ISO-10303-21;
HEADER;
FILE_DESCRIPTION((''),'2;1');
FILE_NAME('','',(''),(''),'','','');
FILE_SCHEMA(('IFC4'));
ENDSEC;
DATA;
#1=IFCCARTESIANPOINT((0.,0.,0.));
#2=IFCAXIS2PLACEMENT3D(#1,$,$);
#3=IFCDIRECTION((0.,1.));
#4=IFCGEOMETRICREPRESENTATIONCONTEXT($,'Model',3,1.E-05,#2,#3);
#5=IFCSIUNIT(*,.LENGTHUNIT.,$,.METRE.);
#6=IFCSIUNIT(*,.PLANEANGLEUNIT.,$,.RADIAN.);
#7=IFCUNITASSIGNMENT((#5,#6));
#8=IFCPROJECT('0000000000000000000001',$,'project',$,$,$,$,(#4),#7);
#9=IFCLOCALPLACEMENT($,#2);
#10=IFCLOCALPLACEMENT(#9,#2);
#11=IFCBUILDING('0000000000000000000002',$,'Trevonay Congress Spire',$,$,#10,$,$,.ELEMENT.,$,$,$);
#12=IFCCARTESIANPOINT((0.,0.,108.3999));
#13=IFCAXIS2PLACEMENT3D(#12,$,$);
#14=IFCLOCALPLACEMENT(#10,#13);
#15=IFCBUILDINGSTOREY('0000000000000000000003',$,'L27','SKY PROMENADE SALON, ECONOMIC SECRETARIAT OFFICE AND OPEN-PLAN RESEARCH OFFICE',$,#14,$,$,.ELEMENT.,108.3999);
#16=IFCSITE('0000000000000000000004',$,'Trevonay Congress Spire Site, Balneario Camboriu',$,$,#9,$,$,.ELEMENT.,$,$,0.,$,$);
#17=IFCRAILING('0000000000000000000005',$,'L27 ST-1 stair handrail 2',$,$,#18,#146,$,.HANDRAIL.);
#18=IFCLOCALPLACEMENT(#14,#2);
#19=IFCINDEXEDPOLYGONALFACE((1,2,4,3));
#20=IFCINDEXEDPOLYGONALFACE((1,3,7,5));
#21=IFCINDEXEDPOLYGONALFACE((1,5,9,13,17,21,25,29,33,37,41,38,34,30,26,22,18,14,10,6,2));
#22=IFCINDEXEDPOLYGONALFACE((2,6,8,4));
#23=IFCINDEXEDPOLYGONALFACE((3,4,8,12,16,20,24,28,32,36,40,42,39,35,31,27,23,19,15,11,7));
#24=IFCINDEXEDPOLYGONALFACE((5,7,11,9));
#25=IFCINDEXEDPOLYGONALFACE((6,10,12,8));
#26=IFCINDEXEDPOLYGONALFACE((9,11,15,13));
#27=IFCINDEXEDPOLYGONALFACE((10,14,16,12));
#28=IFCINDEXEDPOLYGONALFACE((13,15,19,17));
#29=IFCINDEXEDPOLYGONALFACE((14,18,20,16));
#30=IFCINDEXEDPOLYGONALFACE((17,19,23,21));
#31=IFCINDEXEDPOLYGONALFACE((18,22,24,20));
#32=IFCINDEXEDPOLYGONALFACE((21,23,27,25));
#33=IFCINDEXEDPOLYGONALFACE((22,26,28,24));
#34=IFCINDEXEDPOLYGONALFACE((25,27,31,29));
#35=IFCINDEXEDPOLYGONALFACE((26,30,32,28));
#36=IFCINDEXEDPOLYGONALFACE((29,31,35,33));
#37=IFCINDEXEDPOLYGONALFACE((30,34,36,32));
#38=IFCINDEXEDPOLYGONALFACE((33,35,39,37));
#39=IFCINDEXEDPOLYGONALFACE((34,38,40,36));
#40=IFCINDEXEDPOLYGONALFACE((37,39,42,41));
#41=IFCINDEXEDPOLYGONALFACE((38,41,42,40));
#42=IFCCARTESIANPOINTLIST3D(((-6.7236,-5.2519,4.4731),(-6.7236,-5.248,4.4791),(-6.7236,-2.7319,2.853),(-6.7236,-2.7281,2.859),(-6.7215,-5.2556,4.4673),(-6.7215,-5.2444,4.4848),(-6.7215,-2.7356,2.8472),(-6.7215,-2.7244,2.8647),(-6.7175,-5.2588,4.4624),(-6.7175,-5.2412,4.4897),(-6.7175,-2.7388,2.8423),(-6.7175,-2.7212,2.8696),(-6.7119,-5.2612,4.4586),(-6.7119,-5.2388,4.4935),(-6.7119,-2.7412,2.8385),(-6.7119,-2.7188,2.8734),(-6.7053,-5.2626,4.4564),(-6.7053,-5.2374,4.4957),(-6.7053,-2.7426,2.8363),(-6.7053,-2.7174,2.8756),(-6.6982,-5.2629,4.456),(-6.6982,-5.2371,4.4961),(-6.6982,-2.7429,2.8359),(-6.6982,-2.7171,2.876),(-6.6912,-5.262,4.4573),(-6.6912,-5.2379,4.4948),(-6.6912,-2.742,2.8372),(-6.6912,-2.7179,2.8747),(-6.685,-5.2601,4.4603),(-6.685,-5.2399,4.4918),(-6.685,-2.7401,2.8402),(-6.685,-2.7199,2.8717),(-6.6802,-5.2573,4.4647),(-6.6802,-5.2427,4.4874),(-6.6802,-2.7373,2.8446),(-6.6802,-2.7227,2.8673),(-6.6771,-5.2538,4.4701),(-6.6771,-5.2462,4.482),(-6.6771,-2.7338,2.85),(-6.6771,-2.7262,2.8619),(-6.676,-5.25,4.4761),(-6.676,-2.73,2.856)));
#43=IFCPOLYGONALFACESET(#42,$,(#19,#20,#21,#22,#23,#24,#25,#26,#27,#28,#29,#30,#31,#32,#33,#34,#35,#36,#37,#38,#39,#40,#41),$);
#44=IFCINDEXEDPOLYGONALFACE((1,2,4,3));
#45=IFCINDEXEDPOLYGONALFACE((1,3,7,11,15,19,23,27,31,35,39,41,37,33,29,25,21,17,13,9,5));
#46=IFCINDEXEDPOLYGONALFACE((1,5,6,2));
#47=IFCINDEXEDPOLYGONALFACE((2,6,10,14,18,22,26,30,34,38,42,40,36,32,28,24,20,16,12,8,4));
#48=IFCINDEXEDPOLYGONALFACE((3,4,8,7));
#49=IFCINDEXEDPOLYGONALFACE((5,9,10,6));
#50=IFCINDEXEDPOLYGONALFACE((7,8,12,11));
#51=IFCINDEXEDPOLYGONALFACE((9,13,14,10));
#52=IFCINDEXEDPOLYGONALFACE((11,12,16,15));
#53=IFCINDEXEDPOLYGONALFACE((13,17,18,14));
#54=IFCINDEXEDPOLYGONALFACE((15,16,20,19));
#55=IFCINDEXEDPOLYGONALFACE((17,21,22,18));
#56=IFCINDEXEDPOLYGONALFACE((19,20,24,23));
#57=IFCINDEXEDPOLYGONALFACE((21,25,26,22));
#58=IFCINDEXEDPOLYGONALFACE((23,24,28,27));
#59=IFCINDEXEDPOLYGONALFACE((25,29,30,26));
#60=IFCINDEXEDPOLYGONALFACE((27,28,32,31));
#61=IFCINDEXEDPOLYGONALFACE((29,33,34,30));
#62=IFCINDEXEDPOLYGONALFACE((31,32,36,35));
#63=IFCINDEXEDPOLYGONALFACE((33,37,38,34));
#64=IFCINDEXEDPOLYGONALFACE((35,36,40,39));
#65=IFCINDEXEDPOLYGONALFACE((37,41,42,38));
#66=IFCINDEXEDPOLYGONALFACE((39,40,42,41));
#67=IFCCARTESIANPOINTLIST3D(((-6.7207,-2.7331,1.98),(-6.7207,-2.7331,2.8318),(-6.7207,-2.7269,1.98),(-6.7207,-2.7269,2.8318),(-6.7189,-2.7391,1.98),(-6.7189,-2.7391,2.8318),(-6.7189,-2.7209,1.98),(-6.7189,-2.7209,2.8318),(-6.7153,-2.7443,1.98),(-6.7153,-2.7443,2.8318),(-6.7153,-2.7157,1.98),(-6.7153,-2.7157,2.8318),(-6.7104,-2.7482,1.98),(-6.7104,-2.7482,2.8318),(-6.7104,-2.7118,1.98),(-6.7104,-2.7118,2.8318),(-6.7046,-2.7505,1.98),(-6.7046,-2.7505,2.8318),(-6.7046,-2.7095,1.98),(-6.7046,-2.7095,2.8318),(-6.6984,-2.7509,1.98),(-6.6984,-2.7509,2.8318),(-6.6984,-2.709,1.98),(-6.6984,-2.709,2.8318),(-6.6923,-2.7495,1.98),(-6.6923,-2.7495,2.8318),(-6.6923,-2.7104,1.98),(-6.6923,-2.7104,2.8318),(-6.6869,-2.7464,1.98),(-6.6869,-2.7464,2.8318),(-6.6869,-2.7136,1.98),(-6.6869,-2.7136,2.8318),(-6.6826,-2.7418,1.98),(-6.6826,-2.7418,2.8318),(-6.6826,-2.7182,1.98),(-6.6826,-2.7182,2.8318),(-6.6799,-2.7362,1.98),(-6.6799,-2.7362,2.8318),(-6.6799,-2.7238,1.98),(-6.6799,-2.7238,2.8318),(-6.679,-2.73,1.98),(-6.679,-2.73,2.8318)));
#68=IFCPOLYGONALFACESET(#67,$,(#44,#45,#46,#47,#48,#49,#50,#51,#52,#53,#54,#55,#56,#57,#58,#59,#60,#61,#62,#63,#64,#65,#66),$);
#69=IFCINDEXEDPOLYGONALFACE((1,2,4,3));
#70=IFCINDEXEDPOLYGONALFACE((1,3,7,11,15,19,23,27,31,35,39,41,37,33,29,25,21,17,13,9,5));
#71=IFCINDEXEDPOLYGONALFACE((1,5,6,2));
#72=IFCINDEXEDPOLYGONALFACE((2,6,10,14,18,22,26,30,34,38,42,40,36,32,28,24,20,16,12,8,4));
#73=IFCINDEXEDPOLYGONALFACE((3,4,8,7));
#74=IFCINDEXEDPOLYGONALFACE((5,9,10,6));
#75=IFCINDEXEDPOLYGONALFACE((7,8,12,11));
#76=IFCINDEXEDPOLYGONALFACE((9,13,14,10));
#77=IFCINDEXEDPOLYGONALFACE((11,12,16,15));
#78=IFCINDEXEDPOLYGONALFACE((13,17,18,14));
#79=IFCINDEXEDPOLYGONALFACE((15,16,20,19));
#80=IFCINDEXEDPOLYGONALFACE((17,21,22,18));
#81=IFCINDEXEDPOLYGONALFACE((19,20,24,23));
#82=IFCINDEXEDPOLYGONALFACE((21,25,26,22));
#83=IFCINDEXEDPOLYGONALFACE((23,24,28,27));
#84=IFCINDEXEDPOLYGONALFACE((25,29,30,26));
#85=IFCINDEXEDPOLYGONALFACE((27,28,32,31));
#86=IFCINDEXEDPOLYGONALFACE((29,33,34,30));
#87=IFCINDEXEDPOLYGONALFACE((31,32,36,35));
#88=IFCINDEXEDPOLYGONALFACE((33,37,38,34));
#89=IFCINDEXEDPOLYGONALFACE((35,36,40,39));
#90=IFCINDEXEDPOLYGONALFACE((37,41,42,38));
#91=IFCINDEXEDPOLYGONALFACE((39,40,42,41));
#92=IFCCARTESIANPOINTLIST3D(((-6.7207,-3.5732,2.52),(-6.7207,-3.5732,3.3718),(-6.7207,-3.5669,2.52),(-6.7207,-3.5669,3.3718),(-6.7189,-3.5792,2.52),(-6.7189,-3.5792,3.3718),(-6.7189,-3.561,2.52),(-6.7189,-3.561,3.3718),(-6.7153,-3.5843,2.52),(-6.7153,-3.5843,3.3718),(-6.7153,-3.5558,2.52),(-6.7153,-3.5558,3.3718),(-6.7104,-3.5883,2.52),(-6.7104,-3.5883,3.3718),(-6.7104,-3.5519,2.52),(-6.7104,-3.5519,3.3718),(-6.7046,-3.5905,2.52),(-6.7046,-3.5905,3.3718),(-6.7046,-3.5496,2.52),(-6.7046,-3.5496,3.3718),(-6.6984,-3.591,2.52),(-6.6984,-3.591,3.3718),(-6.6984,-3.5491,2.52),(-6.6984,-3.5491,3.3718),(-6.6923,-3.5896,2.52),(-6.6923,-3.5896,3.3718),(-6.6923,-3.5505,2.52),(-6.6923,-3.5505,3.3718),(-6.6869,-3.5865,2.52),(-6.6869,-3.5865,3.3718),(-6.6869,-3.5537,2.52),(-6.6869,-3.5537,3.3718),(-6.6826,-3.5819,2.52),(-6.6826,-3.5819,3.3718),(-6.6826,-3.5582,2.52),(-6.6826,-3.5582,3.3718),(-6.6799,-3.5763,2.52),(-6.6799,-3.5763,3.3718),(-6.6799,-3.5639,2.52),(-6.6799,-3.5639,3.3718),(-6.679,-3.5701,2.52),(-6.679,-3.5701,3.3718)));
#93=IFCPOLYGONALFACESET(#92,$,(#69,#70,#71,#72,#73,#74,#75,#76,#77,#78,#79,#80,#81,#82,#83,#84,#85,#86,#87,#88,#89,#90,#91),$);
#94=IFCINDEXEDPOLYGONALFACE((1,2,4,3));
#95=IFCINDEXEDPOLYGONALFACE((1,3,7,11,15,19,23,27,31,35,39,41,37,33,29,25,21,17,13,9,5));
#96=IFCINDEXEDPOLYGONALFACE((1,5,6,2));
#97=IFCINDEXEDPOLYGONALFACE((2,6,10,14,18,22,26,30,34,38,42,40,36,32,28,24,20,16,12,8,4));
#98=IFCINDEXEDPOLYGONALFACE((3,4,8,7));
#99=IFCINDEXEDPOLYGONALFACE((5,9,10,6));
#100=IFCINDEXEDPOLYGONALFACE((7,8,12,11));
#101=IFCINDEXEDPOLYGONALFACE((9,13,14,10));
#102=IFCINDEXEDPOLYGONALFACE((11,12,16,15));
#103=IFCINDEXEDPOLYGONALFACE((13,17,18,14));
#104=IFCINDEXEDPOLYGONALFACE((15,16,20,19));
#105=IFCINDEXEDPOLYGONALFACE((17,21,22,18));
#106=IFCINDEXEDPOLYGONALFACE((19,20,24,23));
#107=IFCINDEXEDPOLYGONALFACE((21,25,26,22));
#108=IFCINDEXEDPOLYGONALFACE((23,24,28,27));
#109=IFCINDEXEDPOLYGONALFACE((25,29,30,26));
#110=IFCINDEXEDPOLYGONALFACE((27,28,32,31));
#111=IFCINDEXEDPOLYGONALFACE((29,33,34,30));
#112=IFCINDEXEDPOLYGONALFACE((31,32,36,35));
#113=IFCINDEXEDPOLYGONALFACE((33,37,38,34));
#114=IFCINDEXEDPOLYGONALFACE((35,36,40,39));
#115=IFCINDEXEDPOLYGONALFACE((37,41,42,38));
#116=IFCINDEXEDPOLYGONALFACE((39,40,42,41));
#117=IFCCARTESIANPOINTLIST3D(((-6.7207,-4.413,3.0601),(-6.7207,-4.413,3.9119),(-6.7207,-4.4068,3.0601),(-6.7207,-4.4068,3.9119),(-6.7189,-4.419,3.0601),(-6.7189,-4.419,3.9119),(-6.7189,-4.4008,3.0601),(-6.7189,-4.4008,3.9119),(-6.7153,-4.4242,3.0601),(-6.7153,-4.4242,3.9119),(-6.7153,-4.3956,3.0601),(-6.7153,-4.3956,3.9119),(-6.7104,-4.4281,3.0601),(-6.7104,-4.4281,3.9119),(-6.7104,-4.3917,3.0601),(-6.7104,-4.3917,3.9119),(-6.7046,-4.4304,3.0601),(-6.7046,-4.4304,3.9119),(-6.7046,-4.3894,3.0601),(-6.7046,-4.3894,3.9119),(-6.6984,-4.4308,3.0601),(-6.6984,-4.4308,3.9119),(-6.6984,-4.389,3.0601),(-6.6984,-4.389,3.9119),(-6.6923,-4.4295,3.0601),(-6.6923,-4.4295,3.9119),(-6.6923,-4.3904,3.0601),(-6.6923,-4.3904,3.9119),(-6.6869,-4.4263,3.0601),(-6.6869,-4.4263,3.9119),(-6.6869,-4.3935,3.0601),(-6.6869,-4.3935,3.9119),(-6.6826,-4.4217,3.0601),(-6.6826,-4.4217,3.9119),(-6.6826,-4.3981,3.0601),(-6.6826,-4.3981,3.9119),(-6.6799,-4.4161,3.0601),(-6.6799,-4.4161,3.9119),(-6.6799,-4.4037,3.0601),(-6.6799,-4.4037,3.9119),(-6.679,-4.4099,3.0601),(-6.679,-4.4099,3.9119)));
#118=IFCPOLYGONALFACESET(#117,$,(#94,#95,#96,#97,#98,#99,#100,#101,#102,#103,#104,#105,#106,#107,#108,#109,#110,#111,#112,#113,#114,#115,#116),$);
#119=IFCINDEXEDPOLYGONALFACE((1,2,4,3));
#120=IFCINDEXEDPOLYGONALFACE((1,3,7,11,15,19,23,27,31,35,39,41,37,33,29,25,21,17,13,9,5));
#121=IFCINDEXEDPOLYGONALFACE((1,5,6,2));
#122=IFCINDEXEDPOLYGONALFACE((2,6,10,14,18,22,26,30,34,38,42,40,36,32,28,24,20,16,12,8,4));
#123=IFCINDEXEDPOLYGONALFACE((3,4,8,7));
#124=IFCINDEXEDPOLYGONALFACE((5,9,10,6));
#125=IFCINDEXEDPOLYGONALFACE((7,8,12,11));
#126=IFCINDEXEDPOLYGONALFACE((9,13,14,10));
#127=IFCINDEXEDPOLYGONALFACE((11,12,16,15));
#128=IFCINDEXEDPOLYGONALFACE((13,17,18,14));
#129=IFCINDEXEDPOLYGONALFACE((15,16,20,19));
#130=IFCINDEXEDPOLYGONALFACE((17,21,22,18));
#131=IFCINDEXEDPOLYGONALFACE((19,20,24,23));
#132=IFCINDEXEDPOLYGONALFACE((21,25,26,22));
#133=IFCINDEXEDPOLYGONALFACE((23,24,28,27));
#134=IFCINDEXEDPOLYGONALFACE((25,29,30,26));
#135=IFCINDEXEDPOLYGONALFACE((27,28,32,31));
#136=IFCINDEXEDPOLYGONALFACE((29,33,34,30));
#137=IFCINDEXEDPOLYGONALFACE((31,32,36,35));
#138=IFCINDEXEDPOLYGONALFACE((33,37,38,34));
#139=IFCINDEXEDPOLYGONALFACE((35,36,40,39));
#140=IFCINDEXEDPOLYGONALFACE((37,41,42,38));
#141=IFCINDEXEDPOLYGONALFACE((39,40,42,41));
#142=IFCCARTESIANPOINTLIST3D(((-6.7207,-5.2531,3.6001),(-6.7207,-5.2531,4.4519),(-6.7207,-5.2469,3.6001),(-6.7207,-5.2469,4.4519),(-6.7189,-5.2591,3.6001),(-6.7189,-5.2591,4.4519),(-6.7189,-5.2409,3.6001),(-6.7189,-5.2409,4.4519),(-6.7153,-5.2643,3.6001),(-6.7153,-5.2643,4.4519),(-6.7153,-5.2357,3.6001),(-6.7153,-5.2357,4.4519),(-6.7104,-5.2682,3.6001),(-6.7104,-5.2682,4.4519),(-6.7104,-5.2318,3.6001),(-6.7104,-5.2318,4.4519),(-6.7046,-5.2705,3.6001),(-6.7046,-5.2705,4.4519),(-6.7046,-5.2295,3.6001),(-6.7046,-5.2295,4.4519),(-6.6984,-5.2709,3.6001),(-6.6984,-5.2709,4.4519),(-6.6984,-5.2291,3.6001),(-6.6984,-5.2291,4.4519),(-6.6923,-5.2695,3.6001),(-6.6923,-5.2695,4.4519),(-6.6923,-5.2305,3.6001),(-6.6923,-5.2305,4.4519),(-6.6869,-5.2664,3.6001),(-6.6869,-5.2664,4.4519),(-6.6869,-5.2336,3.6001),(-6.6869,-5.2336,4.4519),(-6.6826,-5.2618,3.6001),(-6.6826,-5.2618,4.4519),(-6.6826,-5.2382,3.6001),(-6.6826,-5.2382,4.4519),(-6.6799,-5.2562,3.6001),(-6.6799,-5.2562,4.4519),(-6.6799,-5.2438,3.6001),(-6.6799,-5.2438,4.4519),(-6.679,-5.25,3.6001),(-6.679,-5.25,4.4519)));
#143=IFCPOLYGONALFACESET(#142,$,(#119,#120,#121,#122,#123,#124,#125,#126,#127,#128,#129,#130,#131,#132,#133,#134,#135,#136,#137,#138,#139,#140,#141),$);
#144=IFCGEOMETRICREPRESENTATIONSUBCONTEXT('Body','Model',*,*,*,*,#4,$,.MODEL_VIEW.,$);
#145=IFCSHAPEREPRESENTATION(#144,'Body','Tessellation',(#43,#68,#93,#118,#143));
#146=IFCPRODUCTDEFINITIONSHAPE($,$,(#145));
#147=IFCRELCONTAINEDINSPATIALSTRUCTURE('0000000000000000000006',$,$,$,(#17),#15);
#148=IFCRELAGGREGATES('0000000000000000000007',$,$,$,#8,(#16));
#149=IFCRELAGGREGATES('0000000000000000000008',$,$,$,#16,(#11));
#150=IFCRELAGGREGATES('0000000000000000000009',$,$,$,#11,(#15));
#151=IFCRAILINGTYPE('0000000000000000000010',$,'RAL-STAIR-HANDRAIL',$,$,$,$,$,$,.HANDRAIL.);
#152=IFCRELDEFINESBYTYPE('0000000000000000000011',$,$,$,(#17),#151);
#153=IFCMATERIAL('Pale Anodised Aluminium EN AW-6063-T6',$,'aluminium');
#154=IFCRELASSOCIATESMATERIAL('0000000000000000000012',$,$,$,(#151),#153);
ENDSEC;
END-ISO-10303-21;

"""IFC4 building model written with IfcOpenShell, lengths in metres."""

from ifc_helpers import new_model, si_unit, direction, frame, origin, origin_2d, place, context, subcontext, project, spatial, circle, extrude, material, type_object, element, save


model = new_model("IFC4")

# Units and contexts
model_context = context("Model", 3, precision=1e-05, world=origin(), true_north=direction((0.0, 1.0)))
body_context = subcontext(model_context, "Body", "Model", "MODEL_VIEW")
ifc_project = project(units=[si_unit("LENGTHUNIT", "METRE"), si_unit("PLANEANGLEUNIT", "RADIAN")], contexts=[model_context])

# Site, building, storey
site_placement = place(None, origin())
site = spatial("IfcSite", under=ifc_project, at=site_placement, Name="Trevonay Congress Spire Site, Balneario Camboriu", CompositionType="ELEMENT", RefElevation=0.0)
building_placement = place(site_placement, origin())
building = spatial("IfcBuilding", under=site, at=building_placement, Name="Trevonay Congress Spire", CompositionType="ELEMENT")
storey_placement = place(building_placement, frame((0.0, 0.0, 108.3999)))
storey = spatial("IfcBuildingStorey", under=building, at=storey_placement, Name="L27", Description="SKY PROMENADE SALON, ECONOMIC SECRETARIAT OFFICE AND OPEN-PLAN RESEARCH OFFICE", CompositionType="ELEMENT", Elevation=108.3999)

# Shared definitions
ifc_material_1 = material(Name="Pale Anodised Aluminium EN AW-6063-T6", Category="aluminium")

# Railing
railing_type_1 = type_object("IfcRailingType", Name="RAL-STAIR-HANDRAIL", PredefinedType="HANDRAIL", material=ifc_material_1)
railing_1_placement = place(storey_placement, frame((-6.7, -2.73, 1.98)))
element("IfcRailing", 1, at=railing_1_placement, inside=storey, type_object=railing_type_1, Name="L27 ST-1 stair handrail 2", PredefinedType="HANDRAIL", context=body_context, shape_type="SweptSolid", body=[
    extrude(circle(Radius=0.0239, at=origin_2d()), frame((0.0, 0.0, 0.876), z_axis=(0.0, -0.841163, 0.540782), x_axis=(1.0, 0.0, 0.0)), (0.0, 0.0, 1.0), 2.9958),
    extrude(circle(Radius=0.021, at=origin_2d()), origin(), (0.0, 0.0, 1.0), 0.8518),
    extrude(circle(Radius=0.021, at=origin_2d()), frame((0.0, -0.8401, 0.54)), (0.0, 0.0, 1.0), 0.8518),
    extrude(circle(Radius=0.021, at=origin_2d()), frame((0.0, -1.6799, 1.0801)), (0.0, 0.0, 1.0), 0.8518),
    extrude(circle(Radius=0.021, at=origin_2d()), frame((0.0, -2.52, 1.6201)), (0.0, 0.0, 1.0), 0.8518),
])

save(model, "model.ifc")
